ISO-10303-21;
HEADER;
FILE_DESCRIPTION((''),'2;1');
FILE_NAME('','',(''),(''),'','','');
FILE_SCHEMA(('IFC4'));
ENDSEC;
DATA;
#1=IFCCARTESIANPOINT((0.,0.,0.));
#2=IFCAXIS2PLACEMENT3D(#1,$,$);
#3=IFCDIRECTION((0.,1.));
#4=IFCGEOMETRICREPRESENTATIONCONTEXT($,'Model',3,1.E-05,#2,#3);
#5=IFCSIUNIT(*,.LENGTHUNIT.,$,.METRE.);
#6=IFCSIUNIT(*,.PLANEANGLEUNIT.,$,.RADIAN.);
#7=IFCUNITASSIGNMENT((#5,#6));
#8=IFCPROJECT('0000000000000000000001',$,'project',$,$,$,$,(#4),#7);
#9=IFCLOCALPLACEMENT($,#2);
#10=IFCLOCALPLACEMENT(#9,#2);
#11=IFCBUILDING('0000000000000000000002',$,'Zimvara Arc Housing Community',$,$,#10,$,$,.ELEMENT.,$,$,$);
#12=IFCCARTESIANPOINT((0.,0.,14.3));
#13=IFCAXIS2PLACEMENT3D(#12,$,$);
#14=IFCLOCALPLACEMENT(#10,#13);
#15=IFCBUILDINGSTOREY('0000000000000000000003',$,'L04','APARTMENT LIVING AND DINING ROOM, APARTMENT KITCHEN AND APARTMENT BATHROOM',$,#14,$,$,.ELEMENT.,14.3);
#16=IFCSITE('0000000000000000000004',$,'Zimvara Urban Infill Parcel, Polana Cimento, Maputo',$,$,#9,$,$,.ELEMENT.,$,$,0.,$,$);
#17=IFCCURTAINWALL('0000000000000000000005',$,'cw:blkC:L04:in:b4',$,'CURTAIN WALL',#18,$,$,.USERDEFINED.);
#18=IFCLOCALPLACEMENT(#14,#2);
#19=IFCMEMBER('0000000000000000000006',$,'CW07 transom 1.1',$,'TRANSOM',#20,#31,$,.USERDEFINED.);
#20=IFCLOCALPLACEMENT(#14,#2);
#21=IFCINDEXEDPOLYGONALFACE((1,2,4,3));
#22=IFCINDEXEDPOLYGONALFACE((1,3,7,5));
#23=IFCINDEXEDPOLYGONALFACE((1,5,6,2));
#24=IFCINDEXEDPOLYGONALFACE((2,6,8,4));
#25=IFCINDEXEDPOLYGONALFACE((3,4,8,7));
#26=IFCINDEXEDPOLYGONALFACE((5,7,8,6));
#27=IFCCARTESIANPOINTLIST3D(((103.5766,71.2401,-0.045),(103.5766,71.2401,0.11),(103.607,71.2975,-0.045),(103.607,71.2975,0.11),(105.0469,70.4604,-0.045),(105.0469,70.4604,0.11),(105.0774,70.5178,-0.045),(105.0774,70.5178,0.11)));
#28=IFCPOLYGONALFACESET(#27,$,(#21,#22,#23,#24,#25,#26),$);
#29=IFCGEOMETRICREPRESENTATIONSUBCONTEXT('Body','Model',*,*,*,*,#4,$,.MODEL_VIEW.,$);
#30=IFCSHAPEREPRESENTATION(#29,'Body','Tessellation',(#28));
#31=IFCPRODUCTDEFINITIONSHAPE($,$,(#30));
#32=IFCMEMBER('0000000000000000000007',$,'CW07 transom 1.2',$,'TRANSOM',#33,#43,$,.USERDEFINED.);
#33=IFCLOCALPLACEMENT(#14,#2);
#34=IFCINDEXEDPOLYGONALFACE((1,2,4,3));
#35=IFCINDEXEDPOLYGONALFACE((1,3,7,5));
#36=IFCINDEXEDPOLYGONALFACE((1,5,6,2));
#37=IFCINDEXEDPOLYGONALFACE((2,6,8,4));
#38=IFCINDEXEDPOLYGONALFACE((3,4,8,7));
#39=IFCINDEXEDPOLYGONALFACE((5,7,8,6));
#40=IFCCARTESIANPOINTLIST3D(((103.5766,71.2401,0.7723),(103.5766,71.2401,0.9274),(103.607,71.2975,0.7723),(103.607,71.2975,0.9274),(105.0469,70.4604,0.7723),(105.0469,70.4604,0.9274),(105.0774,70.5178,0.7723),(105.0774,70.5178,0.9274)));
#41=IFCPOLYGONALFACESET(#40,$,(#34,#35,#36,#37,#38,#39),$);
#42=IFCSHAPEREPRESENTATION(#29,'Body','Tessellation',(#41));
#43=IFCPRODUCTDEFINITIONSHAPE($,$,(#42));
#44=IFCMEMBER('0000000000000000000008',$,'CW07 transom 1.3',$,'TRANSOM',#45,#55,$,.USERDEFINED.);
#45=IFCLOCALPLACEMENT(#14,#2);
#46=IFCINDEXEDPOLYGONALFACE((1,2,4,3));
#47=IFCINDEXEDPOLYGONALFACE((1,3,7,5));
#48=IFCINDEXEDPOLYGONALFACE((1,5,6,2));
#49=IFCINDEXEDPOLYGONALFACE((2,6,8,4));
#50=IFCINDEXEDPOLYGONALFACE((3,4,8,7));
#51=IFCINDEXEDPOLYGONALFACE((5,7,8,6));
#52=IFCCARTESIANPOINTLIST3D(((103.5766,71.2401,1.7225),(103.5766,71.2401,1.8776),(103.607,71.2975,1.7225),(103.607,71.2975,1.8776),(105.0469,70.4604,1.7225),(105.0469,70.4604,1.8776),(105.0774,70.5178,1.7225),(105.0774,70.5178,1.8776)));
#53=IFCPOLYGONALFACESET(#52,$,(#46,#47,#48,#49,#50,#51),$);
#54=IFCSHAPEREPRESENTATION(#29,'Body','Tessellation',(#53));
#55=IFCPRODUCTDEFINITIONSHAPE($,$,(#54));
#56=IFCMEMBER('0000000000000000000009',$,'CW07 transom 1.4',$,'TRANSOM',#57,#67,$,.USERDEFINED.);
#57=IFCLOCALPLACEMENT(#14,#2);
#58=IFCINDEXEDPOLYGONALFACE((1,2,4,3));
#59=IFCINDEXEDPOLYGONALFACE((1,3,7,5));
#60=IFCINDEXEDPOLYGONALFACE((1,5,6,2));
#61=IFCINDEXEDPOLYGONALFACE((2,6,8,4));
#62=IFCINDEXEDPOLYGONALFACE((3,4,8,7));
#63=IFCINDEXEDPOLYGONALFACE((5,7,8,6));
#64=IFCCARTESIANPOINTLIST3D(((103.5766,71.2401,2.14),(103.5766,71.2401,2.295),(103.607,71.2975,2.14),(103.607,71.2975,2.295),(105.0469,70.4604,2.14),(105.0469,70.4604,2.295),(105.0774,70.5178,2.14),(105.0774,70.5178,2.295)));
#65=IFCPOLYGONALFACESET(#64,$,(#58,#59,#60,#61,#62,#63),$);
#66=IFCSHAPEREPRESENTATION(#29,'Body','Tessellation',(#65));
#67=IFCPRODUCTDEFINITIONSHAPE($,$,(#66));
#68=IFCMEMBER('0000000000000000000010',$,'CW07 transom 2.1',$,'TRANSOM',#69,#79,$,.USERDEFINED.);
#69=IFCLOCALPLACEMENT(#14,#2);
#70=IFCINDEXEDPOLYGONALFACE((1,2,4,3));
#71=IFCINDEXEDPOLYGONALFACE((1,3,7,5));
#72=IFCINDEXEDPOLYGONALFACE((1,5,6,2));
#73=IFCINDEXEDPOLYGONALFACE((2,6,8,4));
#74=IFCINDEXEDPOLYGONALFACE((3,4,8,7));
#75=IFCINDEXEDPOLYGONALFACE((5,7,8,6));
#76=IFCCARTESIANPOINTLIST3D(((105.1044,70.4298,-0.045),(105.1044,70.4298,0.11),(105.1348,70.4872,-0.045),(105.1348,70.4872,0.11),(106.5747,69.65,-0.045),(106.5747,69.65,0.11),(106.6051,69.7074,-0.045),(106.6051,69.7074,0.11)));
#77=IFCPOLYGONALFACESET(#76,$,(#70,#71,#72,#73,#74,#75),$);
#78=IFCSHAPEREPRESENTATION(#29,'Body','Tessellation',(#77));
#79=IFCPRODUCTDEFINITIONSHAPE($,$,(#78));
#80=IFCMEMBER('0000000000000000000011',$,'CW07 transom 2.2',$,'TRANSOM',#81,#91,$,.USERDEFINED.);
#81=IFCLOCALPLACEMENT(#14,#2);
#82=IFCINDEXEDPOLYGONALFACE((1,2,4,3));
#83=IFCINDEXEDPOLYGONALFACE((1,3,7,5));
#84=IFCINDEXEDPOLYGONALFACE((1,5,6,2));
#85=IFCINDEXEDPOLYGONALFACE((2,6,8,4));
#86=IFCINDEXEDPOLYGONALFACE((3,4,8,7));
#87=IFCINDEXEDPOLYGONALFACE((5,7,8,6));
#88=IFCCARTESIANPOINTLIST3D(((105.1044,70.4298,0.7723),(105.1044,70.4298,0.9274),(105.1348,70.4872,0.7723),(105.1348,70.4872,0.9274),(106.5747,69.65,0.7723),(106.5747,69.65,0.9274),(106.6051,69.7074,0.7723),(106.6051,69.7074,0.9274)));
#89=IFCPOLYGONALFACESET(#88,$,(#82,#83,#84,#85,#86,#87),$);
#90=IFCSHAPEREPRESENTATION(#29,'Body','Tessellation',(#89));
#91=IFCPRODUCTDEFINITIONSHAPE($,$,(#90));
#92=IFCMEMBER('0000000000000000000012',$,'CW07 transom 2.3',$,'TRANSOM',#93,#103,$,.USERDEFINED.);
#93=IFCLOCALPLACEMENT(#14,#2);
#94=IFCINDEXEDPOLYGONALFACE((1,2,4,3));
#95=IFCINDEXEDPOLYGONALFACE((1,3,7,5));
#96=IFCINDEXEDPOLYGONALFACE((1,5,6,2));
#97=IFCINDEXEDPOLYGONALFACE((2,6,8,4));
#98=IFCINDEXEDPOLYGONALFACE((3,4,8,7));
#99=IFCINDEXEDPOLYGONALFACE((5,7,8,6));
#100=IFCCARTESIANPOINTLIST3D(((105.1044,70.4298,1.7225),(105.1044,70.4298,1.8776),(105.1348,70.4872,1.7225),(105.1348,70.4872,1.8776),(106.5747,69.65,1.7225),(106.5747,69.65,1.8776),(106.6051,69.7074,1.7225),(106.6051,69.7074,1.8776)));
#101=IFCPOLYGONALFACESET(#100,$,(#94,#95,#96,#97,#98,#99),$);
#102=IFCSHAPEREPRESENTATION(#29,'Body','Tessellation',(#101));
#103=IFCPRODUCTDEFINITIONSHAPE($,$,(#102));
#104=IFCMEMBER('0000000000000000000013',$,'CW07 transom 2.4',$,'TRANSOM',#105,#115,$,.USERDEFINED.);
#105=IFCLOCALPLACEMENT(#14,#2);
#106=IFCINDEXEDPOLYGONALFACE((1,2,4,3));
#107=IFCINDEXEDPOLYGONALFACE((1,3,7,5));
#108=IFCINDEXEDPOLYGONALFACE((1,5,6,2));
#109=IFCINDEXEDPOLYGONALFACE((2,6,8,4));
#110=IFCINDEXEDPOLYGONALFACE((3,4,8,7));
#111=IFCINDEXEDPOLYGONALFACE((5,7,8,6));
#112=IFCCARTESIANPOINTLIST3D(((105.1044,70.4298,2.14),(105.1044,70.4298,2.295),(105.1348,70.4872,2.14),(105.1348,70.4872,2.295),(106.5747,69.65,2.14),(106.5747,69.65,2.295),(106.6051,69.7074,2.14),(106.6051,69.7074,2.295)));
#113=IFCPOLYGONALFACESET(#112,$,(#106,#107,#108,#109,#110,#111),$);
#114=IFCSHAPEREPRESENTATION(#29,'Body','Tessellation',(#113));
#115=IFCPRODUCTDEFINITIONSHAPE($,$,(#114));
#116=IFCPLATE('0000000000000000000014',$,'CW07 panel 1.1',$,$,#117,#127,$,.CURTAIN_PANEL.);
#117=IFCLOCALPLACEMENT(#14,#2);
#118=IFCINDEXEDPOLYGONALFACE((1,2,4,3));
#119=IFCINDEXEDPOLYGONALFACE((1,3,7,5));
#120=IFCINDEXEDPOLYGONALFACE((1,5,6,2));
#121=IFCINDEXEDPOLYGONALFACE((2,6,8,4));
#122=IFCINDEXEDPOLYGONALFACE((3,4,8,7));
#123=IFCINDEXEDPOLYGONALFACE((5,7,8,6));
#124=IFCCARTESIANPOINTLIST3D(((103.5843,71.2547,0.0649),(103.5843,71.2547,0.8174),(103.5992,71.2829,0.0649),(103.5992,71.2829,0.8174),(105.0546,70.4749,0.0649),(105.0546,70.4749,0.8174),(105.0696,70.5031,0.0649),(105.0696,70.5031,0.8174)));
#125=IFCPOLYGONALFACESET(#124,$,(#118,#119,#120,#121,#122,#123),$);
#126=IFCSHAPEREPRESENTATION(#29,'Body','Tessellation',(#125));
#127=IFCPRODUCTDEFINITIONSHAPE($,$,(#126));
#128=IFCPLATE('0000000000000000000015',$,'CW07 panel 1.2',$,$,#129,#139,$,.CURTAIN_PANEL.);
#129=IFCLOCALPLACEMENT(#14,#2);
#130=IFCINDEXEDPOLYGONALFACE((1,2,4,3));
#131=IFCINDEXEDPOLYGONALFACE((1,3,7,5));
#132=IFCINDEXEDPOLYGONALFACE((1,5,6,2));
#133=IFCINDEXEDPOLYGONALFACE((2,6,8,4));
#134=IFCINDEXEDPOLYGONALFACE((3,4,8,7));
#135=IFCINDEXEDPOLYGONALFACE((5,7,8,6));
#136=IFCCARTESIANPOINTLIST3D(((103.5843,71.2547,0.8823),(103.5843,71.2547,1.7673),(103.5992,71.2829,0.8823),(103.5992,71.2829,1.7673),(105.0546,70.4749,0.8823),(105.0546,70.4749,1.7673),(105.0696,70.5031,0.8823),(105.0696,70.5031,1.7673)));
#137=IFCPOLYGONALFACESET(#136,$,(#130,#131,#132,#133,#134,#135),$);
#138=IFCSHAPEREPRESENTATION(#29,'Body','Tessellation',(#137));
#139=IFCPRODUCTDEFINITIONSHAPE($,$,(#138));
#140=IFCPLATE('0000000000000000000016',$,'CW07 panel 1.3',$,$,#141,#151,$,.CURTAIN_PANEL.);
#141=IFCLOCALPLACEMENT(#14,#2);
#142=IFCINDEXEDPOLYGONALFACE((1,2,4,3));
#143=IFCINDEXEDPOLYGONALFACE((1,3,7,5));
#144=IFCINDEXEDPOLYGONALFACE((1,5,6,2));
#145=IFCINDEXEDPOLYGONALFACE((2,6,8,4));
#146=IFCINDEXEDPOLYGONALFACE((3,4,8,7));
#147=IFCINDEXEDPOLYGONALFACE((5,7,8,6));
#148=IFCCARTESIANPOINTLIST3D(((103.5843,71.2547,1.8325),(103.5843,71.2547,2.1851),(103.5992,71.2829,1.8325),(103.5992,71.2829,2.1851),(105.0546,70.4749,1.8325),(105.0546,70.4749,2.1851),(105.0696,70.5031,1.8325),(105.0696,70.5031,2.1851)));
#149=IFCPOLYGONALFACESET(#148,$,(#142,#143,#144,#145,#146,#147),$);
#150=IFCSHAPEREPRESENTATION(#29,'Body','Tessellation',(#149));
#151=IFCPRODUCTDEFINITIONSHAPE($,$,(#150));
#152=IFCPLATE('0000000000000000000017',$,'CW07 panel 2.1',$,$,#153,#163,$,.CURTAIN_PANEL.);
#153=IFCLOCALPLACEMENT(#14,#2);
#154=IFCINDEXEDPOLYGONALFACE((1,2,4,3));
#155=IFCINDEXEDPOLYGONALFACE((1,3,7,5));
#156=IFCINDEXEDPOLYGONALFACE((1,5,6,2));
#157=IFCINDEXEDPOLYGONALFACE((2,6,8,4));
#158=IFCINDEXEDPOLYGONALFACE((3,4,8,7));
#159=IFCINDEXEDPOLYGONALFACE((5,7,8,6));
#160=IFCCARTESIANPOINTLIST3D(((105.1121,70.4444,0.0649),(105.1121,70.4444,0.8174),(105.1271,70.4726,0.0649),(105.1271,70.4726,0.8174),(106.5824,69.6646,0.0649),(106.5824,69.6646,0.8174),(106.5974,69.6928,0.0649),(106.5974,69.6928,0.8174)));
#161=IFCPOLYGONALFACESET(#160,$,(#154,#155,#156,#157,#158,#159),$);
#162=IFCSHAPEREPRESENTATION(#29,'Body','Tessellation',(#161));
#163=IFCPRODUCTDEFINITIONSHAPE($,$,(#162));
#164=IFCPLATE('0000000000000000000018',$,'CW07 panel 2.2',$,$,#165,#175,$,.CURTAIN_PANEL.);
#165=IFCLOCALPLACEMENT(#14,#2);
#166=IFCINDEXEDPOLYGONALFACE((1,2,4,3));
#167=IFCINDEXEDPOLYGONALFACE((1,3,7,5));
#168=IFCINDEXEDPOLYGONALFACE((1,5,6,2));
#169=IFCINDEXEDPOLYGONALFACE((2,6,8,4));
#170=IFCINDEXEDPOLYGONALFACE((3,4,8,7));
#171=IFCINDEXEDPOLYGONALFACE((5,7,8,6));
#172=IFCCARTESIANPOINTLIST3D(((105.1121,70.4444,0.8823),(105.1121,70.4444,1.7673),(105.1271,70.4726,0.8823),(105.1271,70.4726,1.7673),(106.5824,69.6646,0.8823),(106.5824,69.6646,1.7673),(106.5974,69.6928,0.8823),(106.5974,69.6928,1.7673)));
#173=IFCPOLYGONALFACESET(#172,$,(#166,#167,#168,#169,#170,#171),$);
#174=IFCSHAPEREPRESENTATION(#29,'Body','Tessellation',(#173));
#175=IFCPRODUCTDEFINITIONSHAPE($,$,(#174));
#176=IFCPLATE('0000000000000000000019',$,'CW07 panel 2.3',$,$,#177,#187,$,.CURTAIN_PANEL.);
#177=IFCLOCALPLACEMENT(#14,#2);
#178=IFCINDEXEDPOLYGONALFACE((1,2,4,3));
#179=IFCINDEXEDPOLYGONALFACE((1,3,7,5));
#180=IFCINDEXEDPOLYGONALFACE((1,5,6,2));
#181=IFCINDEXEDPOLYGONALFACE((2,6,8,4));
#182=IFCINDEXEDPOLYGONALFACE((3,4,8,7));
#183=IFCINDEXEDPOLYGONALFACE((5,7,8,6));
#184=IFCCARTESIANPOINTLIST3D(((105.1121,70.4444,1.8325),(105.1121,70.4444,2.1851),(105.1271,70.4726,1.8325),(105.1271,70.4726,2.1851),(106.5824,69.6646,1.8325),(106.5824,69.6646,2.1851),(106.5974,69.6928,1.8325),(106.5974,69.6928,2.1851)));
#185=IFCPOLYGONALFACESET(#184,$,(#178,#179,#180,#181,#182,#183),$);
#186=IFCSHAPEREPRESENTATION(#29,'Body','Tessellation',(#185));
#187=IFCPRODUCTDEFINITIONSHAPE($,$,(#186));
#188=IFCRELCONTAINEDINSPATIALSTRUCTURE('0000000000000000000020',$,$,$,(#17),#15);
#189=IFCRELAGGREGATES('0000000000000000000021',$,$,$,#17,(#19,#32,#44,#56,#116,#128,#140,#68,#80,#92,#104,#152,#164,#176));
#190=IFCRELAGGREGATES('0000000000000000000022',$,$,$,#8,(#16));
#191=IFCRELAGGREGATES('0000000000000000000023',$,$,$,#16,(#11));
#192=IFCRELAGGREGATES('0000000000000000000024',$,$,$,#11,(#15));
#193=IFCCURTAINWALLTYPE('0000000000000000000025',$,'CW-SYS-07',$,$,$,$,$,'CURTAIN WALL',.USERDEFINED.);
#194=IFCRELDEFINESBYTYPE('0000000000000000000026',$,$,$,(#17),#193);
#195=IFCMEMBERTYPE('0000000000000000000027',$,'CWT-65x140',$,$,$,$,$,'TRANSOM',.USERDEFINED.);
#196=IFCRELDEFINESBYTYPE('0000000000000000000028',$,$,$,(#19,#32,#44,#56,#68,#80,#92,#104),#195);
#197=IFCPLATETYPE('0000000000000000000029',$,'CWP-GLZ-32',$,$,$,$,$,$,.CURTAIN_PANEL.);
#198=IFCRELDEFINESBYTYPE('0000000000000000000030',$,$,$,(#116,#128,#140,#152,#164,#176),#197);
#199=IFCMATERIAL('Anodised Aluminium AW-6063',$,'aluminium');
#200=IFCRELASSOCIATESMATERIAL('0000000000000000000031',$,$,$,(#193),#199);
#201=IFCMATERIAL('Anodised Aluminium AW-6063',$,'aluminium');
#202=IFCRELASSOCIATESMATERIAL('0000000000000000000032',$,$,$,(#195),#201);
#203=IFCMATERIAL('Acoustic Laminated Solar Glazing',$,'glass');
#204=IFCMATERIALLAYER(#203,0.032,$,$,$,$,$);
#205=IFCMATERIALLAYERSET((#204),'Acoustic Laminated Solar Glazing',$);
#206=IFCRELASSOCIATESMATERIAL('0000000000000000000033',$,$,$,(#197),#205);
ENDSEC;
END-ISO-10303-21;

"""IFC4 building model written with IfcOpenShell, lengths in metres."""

from ifc_helpers import new_model, si_unit, direction, frame, origin, origin_2d, place, context, subcontext, project, spatial, rectangle, extrude, material, layer, layer_set, material_profile, profile_set, type_object, element, aggregate, save


model = new_model("IFC4")

# Units and contexts
model_context = context("Model", 3, precision=1e-05, world=origin(), true_north=direction((0.0, 1.0)))
body_context = subcontext(model_context, "Body", "Model", "MODEL_VIEW")
ifc_project = project(units=[si_unit("LENGTHUNIT", "METRE"), si_unit("PLANEANGLEUNIT", "RADIAN")], contexts=[model_context])

# Site, building, storey
site_placement = place(None, origin())
site = spatial("IfcSite", under=ifc_project, at=site_placement, Name="Zimvara Urban Infill Parcel, Polana Cimento, Maputo", CompositionType="ELEMENT", RefElevation=0.0)
building_placement = place(site_placement, origin())
building = spatial("IfcBuilding", under=site, at=building_placement, Name="Zimvara Arc Housing Community", CompositionType="ELEMENT")
storey_placement = place(building_placement, frame((0.0, 0.0, 14.3)))
storey = spatial("IfcBuildingStorey", under=building, at=storey_placement, Name="L04", Description="APARTMENT LIVING AND DINING ROOM, APARTMENT KITCHEN AND APARTMENT BATHROOM", CompositionType="ELEMENT", Elevation=14.3)

# Curtain wall
ifc_material_1 = material(Name="Anodised Aluminium AW-6063", Category="aluminium")
curtain_wall_type_1 = type_object("IfcCurtainWallType", Name="CW-SYS-07", ElementType="CURTAIN WALL", PredefinedType="USERDEFINED", material=ifc_material_1)
curtain_wall_1_placement = place(storey_placement, origin())
curtain_wall_1 = element("IfcCurtainWall", 1, at=curtain_wall_1_placement, inside=storey, type_object=curtain_wall_type_1, Name="cw:blkC:L04:in:b4", ObjectType="CURTAIN WALL", PredefinedType="USERDEFINED")

# Members
ifc_material_2 = material(Name="Anodised Aluminium AW-6063", Category="aluminium")
ifc_material_profile_1 = material_profile(ifc_material_2, rectangle(XDim=0.0649, YDim=0.155, at=origin_2d()), Name="ALU 65x155")
ifc_profile_set_1 = profile_set([ifc_material_profile_1], Name="Anodised Aluminium AW-6063")
member_type_1 = type_object("IfcMemberType", Name="CWT-65x140", ElementType="TRANSOM", PredefinedType="USERDEFINED", material=ifc_profile_set_1)
member_1_placement = place(storey_placement, frame((103.5918, 71.2688, 0.0325), z_axis=(0.883463, -0.468501, 0.0), x_axis=(0.468501, 0.883463, 0.0)))
member_1 = element("IfcMember", 2, at=member_1_placement, type_object=member_type_1, Name="CW07 transom 1.1", ObjectType="TRANSOM", PredefinedType="USERDEFINED", context=body_context, shape_type="SweptSolid", body=[
    extrude(rectangle(XDim=0.0649, YDim=0.155, at=origin_2d()), origin(), (0.0, 0.0, 1.0), 1.6643),
])
member_2_placement = place(storey_placement, frame((103.5918, 71.2688, 0.8499), z_axis=(0.883463, -0.468501, 0.0), x_axis=(0.468501, 0.883463, 0.0)))
member_2 = element("IfcMember", 3, at=member_2_placement, type_object=member_type_1, Name="CW07 transom 1.2", ObjectType="TRANSOM", PredefinedType="USERDEFINED", context=body_context, shape_type="SweptSolid", body=[
    extrude(rectangle(XDim=0.0649, YDim=0.155, at=origin_2d()), origin(), (0.0, 0.0, 1.0), 1.6643),
])
member_3_placement = place(storey_placement, frame((103.5918, 71.2688, 1.8), z_axis=(0.883463, -0.468501, 0.0), x_axis=(0.468501, 0.883463, 0.0)))
member_3 = element("IfcMember", 4, at=member_3_placement, type_object=member_type_1, Name="CW07 transom 1.3", ObjectType="TRANSOM", PredefinedType="USERDEFINED", context=body_context, shape_type="SweptSolid", body=[
    extrude(rectangle(XDim=0.0649, YDim=0.155, at=origin_2d()), origin(), (0.0, 0.0, 1.0), 1.6643),
])
member_4_placement = place(storey_placement, frame((103.5918, 71.2688, 2.2175), z_axis=(0.883463, -0.468501, 0.0), x_axis=(0.468501, 0.883463, 0.0)))
member_4 = element("IfcMember", 5, at=member_4_placement, type_object=member_type_1, Name="CW07 transom 1.4", ObjectType="TRANSOM", PredefinedType="USERDEFINED", context=body_context, shape_type="SweptSolid", body=[
    extrude(rectangle(XDim=0.0649, YDim=0.155, at=origin_2d()), origin(), (0.0, 0.0, 1.0), 1.6643),
])
member_5_placement = place(storey_placement, frame((105.1196, 70.4585, 0.0325), z_axis=(0.883431, -0.468562, 0.0), x_axis=(0.468562, 0.883431, 0.0)))
member_5 = element("IfcMember", 6, at=member_5_placement, type_object=member_type_1, Name="CW07 transom 2.1", ObjectType="TRANSOM", PredefinedType="USERDEFINED", context=body_context, shape_type="SweptSolid", body=[
    extrude(rectangle(XDim=0.0649, YDim=0.155, at=origin_2d()), origin(), (0.0, 0.0, 1.0), 1.6643),
])
member_6_placement = place(storey_placement, frame((105.1196, 70.4585, 0.8499), z_axis=(0.883431, -0.468562, 0.0), x_axis=(0.468562, 0.883431, 0.0)))
member_6 = element("IfcMember", 7, at=member_6_placement, type_object=member_type_1, Name="CW07 transom 2.2", ObjectType="TRANSOM", PredefinedType="USERDEFINED", context=body_context, shape_type="SweptSolid", body=[
    extrude(rectangle(XDim=0.0649, YDim=0.155, at=origin_2d()), origin(), (0.0, 0.0, 1.0), 1.6643),
])
member_7_placement = place(storey_placement, frame((105.1196, 70.4585, 1.8), z_axis=(0.883431, -0.468562, 0.0), x_axis=(0.468562, 0.883431, 0.0)))
member_7 = element("IfcMember", 8, at=member_7_placement, type_object=member_type_1, Name="CW07 transom 2.3", ObjectType="TRANSOM", PredefinedType="USERDEFINED", context=body_context, shape_type="SweptSolid", body=[
    extrude(rectangle(XDim=0.0649, YDim=0.155, at=origin_2d()), origin(), (0.0, 0.0, 1.0), 1.6643),
])
member_8_placement = place(storey_placement, frame((105.1196, 70.4585, 2.2175), z_axis=(0.883431, -0.468562, 0.0), x_axis=(0.468562, 0.883431, 0.0)))
member_8 = element("IfcMember", 9, at=member_8_placement, type_object=member_type_1, Name="CW07 transom 2.4", ObjectType="TRANSOM", PredefinedType="USERDEFINED", context=body_context, shape_type="SweptSolid", body=[
    extrude(rectangle(XDim=0.0649, YDim=0.155, at=origin_2d()), origin(), (0.0, 0.0, 1.0), 1.6643),
])

# Plates
ifc_material_3 = material(Name="Acoustic Laminated Solar Glazing", Category="glass")
ifc_layer_1 = layer(ifc_material_3, 0.032)
ifc_layer_set_1 = layer_set([ifc_layer_1], Name="Acoustic Laminated Solar Glazing")
plate_type = type_object("IfcPlateType", Name="CWP-GLZ-32", PredefinedType="CURTAIN_PANEL", material=ifc_layer_set_1)
plate_1_placement = place(storey_placement, frame((104.3269, 70.8789, 0.0649), z_axis=(0.0, 0.0, 1.0), x_axis=(0.88344, -0.468545, 0.0)))
plate_1 = element("IfcPlate", 10, at=plate_1_placement, type_object=plate_type, Name="CW07 panel 1.1", PredefinedType="CURTAIN_PANEL", context=body_context, shape_type="SweptSolid", body=[
    extrude(rectangle(XDim=1.6643, YDim=0.032, at=origin_2d()), origin(), (0.0, 0.0, 1.0), 0.7524),
])
plate_2_placement = place(storey_placement, frame((104.3269, 70.8789, 0.8823), z_axis=(0.0, 0.0, 1.0), x_axis=(0.88344, -0.468545, 0.0)))
plate_2 = element("IfcPlate", 11, at=plate_2_placement, type_object=plate_type, Name="CW07 panel 1.2", PredefinedType="CURTAIN_PANEL", context=body_context, shape_type="SweptSolid", body=[
    extrude(rectangle(XDim=1.6643, YDim=0.032, at=origin_2d()), origin(), (0.0, 0.0, 1.0), 0.885),
])
plate_3_placement = place(storey_placement, frame((104.3269, 70.8789, 1.8325), z_axis=(0.0, 0.0, 1.0), x_axis=(0.88344, -0.468545, 0.0)))
plate_3 = element("IfcPlate", 12, at=plate_3_placement, type_object=plate_type, Name="CW07 panel 1.3", PredefinedType="CURTAIN_PANEL", context=body_context, shape_type="SweptSolid", body=[
    extrude(rectangle(XDim=1.6643, YDim=0.032, at=origin_2d()), origin(), (0.0, 0.0, 1.0), 0.3525),
])
plate_4_placement = place(storey_placement, frame((105.8547, 70.0686, 0.0649), z_axis=(0.0, 0.0, 1.0), x_axis=(0.88344, -0.468545, 0.0)))
plate_4 = element("IfcPlate", 13, at=plate_4_placement, type_object=plate_type, Name="CW07 panel 2.1", PredefinedType="CURTAIN_PANEL", context=body_context, shape_type="SweptSolid", body=[
    extrude(rectangle(XDim=1.6643, YDim=0.032, at=origin_2d()), origin(), (0.0, 0.0, 1.0), 0.7524),
])
plate_5_placement = place(storey_placement, frame((105.8547, 70.0686, 0.8823), z_axis=(0.0, 0.0, 1.0), x_axis=(0.88344, -0.468545, 0.0)))
plate_5 = element("IfcPlate", 14, at=plate_5_placement, type_object=plate_type, Name="CW07 panel 2.2", PredefinedType="CURTAIN_PANEL", context=body_context, shape_type="SweptSolid", body=[
    extrude(rectangle(XDim=1.6643, YDim=0.032, at=origin_2d()), origin(), (0.0, 0.0, 1.0), 0.885),
])
plate_6_placement = place(storey_placement, frame((105.8547, 70.0686, 1.8325), z_axis=(0.0, 0.0, 1.0), x_axis=(0.88344, -0.468545, 0.0)))
plate_6 = element("IfcPlate", 15, at=plate_6_placement, type_object=plate_type, Name="CW07 panel 2.3", PredefinedType="CURTAIN_PANEL", context=body_context, shape_type="SweptSolid", body=[
    extrude(rectangle(XDim=1.6643, YDim=0.032, at=origin_2d()), origin(), (0.0, 0.0, 1.0), 0.3525),
])
aggregate(curtain_wall_1, [member_1, member_2, member_3, member_4, plate_1, plate_2, plate_3, member_5, member_6, member_7, member_8, plate_4, plate_5, plate_6])

save(model, "model.ifc")
